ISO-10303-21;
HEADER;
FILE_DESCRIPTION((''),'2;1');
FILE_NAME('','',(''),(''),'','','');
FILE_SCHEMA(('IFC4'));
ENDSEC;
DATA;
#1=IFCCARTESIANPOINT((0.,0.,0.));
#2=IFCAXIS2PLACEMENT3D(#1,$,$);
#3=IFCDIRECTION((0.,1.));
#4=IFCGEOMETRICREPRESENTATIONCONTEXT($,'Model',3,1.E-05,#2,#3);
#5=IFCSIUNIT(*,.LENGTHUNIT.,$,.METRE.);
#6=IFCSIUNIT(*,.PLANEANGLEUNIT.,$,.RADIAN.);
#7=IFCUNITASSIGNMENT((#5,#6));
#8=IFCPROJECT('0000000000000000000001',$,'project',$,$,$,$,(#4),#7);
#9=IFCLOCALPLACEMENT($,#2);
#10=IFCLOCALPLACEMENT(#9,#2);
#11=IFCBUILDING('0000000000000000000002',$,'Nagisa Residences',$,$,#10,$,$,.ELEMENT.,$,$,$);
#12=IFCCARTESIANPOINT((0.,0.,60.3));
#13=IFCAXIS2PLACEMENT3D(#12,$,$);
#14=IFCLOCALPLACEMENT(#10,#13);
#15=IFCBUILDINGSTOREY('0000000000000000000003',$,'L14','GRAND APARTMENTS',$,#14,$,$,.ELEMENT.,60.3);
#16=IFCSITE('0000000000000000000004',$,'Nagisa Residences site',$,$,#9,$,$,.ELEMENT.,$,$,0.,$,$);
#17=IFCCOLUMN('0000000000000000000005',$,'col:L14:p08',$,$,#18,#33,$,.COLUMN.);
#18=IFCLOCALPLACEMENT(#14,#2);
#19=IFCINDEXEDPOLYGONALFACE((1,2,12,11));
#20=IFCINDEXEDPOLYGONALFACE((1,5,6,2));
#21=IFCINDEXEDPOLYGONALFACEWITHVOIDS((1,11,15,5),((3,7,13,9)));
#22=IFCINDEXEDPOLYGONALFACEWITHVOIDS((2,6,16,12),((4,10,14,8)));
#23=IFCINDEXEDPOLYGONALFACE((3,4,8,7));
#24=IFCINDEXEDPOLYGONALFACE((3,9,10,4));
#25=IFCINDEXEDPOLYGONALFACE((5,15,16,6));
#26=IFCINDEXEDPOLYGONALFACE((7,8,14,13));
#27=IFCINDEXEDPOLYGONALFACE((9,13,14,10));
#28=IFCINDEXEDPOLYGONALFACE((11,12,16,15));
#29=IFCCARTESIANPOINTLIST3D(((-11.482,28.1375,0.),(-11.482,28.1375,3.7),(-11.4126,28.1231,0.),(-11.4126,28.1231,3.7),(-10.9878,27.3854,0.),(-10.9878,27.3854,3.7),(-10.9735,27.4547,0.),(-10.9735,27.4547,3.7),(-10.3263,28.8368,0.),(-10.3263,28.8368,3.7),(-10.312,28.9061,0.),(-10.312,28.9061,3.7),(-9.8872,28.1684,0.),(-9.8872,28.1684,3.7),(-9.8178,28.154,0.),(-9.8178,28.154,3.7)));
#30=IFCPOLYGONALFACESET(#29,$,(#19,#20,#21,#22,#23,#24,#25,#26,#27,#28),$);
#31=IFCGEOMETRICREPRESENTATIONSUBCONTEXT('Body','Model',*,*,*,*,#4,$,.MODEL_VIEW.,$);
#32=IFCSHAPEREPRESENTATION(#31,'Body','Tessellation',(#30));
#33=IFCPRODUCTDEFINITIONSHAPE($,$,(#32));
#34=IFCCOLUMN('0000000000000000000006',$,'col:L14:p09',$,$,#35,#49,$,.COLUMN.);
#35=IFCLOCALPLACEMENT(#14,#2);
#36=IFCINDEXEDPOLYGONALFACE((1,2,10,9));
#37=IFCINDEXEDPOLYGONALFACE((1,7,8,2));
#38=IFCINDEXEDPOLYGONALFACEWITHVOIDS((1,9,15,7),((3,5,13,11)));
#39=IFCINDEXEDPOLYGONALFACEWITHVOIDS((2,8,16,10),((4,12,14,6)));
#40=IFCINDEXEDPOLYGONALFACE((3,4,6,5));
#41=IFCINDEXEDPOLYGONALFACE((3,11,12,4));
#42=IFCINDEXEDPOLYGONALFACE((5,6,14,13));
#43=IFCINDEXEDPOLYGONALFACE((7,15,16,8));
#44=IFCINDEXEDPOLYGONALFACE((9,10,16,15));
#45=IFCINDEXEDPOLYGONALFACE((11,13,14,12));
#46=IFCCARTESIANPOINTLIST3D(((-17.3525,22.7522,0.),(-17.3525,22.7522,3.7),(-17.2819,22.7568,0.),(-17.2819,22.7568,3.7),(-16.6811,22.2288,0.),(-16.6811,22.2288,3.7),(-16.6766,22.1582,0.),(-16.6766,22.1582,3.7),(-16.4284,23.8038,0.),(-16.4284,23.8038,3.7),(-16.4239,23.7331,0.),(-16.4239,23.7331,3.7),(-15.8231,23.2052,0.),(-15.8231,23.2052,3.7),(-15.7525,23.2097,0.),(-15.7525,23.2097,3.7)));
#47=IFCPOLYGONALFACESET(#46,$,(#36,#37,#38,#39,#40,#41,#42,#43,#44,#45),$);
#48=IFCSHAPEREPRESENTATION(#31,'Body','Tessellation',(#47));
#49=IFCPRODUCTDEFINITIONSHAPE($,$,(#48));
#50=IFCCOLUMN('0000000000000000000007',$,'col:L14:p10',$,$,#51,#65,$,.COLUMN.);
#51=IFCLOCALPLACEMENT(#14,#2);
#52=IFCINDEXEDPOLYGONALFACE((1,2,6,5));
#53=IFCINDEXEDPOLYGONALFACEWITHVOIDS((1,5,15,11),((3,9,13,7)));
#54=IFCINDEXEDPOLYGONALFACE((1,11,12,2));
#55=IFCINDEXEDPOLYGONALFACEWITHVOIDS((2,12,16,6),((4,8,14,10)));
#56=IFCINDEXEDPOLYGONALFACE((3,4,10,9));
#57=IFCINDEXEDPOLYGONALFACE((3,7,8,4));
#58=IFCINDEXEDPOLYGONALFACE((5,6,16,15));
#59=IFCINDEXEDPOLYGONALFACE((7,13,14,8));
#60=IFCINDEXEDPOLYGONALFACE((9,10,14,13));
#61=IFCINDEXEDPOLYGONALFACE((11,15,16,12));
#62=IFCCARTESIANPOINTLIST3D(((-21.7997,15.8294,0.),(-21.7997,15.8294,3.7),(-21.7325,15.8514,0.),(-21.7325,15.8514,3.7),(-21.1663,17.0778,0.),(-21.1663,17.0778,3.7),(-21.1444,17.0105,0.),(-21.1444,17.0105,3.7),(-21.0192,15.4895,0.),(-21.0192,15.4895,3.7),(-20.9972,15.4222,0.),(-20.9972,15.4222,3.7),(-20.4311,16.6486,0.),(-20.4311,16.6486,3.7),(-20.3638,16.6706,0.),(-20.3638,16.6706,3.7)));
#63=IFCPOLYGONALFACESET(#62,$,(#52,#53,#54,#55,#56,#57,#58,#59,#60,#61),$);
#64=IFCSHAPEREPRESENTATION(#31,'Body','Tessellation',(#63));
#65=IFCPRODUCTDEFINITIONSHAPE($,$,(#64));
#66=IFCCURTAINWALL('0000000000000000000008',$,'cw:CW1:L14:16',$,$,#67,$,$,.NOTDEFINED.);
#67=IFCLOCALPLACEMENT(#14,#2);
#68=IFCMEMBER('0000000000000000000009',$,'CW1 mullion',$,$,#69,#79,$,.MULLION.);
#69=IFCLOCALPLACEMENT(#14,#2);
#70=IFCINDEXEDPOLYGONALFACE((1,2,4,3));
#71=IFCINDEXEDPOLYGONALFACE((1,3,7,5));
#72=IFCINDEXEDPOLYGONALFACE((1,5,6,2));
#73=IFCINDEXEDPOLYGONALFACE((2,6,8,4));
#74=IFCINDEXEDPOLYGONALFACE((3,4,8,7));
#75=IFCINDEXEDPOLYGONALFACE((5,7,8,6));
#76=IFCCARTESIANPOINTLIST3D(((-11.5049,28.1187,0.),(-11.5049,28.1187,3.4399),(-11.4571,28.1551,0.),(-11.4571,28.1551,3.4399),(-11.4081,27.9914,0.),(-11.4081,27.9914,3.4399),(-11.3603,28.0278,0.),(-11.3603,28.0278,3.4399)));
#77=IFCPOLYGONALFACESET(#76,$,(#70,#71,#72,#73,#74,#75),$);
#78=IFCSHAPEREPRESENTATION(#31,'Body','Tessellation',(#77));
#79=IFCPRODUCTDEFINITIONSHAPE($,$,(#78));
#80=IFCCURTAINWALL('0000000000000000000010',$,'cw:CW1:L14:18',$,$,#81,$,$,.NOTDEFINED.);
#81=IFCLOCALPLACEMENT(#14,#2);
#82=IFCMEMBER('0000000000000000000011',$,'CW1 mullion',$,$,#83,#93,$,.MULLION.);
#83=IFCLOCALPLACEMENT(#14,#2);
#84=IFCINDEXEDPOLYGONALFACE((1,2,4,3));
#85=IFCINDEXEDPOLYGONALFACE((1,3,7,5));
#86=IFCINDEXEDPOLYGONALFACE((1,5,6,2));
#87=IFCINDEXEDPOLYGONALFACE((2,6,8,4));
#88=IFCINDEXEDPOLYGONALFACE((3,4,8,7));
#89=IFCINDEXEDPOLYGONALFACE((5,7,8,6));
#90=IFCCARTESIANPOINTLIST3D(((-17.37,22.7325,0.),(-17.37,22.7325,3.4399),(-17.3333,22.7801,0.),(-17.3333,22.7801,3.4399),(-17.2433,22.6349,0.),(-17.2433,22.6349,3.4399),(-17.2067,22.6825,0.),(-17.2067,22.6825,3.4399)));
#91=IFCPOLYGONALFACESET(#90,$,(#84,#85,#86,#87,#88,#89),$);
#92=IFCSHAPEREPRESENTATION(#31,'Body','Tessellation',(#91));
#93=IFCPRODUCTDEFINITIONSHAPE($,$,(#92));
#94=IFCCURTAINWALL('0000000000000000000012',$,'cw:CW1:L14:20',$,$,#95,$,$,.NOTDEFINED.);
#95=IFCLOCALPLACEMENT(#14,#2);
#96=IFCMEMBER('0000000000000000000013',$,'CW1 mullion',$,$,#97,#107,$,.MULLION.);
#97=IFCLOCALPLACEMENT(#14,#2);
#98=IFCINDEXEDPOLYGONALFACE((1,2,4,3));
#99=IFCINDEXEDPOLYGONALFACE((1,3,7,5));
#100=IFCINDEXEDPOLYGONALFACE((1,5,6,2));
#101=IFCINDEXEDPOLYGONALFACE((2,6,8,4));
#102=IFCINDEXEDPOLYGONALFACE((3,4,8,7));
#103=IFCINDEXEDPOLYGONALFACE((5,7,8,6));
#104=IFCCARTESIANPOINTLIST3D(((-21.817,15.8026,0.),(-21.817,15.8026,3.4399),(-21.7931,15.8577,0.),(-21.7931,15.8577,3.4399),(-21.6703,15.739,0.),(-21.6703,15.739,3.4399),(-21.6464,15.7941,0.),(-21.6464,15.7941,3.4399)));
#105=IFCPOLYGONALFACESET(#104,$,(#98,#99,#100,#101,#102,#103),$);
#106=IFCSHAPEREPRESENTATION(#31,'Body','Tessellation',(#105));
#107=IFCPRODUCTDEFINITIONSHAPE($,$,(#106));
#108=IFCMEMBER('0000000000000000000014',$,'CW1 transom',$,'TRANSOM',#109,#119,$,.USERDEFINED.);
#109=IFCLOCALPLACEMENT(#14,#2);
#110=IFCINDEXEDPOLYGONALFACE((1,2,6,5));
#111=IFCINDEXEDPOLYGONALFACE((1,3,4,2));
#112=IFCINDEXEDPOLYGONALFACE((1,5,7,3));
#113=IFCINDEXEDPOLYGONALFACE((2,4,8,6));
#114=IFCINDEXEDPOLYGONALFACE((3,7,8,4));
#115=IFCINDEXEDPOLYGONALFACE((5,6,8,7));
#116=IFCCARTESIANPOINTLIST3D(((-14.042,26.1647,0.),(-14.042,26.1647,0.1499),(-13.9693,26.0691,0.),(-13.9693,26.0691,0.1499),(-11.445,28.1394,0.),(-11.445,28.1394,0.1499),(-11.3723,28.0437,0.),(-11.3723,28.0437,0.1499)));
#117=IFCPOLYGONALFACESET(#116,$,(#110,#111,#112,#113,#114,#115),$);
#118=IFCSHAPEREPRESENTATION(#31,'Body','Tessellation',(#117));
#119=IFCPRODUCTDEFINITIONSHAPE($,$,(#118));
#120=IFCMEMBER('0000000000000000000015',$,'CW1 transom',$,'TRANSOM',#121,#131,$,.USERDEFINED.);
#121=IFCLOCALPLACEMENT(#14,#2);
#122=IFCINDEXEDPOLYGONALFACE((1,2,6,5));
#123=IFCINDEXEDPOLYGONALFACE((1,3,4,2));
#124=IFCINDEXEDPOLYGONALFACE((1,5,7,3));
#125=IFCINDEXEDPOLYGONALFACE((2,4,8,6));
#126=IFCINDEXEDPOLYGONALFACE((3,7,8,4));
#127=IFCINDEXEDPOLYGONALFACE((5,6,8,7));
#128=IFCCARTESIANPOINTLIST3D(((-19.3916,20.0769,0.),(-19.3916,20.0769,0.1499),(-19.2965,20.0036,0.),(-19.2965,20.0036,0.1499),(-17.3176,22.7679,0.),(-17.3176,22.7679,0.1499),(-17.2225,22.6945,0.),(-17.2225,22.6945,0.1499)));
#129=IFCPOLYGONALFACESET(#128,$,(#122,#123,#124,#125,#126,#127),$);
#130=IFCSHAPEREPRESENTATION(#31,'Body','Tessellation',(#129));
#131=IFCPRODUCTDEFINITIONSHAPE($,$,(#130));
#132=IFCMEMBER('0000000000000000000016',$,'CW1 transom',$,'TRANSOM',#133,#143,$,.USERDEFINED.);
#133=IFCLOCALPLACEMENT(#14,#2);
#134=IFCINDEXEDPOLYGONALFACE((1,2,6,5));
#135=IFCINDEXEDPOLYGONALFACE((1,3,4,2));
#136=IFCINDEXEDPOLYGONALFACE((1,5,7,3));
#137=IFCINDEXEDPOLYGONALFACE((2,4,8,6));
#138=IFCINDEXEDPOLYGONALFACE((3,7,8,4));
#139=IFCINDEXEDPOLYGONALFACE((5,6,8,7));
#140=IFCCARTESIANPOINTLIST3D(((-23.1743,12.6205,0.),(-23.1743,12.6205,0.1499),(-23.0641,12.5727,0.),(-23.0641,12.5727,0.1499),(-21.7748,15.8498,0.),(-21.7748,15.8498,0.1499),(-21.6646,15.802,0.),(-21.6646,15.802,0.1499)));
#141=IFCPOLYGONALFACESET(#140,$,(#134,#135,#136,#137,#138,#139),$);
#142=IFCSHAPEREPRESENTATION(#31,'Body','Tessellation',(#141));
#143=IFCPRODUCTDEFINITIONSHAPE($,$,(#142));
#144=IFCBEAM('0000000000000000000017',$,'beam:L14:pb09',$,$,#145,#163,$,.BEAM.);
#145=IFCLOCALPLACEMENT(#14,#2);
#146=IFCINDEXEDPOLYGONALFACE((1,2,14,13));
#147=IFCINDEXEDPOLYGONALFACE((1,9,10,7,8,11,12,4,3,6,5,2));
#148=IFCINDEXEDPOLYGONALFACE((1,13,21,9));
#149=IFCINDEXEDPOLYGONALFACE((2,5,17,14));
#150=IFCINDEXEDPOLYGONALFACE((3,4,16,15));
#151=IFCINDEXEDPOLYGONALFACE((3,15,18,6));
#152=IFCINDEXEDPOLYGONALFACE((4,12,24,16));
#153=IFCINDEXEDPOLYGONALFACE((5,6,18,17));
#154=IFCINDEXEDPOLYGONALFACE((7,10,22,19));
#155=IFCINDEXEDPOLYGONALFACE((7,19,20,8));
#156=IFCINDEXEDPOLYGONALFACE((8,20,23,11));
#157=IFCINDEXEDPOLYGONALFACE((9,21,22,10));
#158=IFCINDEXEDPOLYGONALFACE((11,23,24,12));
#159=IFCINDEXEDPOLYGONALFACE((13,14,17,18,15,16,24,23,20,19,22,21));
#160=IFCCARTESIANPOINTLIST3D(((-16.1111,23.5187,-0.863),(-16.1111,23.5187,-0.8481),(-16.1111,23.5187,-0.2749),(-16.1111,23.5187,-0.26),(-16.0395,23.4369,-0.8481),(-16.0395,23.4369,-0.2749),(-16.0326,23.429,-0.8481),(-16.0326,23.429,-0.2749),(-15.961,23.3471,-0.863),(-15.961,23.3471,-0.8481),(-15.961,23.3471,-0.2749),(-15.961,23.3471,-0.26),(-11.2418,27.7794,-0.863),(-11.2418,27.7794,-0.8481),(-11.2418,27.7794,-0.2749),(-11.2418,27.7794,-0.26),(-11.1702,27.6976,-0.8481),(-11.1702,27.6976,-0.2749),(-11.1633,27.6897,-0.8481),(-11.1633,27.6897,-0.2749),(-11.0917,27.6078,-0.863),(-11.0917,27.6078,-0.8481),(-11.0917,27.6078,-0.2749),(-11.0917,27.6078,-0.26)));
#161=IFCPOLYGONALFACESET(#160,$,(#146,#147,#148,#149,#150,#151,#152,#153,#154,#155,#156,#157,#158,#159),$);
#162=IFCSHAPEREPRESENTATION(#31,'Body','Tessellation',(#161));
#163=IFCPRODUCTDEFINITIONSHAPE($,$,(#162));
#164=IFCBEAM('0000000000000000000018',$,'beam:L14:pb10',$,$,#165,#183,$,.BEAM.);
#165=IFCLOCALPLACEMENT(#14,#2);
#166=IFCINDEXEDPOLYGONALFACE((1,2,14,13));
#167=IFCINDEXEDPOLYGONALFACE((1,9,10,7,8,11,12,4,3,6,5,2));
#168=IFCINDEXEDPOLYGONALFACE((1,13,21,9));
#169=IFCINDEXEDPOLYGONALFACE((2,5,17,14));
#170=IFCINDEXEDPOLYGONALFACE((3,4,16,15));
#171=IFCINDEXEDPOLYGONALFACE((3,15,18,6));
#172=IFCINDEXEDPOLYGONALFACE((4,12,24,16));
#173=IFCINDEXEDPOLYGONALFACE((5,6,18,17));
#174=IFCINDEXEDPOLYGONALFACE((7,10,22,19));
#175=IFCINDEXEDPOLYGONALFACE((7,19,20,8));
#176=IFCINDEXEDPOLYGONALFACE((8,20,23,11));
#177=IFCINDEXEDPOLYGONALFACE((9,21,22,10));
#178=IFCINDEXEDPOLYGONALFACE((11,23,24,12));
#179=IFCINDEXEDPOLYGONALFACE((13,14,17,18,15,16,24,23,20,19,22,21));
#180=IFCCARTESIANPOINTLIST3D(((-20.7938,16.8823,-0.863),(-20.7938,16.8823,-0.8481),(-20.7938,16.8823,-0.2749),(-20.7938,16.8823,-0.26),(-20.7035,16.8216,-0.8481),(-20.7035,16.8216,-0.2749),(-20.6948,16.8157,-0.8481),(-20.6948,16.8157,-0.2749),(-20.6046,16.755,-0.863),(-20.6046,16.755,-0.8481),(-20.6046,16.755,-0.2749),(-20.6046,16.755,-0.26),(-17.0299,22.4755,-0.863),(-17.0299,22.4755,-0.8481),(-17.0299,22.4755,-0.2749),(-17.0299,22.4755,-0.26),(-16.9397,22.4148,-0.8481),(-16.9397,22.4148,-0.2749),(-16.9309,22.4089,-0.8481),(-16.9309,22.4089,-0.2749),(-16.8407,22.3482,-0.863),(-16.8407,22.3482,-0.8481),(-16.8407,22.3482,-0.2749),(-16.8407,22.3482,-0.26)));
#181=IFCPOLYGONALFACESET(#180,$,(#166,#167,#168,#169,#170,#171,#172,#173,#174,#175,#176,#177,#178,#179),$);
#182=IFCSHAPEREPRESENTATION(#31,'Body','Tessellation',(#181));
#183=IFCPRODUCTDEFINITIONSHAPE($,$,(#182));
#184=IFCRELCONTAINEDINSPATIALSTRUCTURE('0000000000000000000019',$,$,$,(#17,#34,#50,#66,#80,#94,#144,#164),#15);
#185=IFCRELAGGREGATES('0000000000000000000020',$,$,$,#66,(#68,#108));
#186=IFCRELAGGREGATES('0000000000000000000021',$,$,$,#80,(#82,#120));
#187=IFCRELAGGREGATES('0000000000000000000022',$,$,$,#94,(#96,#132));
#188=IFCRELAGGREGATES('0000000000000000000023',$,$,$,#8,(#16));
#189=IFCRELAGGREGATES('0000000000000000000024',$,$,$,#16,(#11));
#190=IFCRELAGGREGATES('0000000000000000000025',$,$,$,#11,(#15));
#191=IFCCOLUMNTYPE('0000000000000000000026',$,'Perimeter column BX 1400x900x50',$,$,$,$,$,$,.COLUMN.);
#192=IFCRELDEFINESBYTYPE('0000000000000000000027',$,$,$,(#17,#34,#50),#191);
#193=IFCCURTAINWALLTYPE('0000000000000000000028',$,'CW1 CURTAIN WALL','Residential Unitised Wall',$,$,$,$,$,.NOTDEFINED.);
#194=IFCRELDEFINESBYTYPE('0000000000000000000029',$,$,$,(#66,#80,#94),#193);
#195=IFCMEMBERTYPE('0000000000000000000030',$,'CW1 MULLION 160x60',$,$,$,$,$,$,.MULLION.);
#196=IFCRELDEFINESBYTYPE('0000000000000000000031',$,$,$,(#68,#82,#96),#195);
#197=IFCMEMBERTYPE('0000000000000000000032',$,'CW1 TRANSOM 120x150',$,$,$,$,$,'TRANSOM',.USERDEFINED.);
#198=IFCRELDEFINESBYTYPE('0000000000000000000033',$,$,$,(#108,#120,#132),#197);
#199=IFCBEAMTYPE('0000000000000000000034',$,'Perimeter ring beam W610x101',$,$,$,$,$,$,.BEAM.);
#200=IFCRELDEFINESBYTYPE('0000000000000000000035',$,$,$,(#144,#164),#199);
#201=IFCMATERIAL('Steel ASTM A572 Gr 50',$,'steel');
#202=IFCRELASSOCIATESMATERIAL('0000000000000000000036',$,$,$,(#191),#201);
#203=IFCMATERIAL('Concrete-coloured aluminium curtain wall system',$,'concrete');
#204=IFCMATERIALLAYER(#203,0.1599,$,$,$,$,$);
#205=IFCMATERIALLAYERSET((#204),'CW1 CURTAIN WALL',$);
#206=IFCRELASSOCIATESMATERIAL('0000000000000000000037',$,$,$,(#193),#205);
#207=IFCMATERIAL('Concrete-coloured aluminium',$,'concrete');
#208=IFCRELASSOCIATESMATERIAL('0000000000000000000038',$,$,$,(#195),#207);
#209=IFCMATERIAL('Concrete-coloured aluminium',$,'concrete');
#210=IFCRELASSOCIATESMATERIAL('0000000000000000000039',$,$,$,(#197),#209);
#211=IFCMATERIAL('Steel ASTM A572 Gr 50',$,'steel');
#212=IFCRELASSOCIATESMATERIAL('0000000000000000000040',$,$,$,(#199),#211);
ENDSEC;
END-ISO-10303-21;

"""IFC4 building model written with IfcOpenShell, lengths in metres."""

from ifc_helpers import new_model, si_unit, direction, frame, origin, origin_2d, place, context, subcontext, project, spatial, rectangle, hollow_rectangle, i_section, extrude, material, layer, layer_set, material_profile, profile_set, type_object, element, aggregate, save


model = new_model("IFC4")

# Units and contexts
model_context = context("Model", 3, precision=1e-05, world=origin(), true_north=direction((0.0, 1.0)))
body_context = subcontext(model_context, "Body", "Model", "MODEL_VIEW")
ifc_project = project(units=[si_unit("LENGTHUNIT", "METRE"), si_unit("PLANEANGLEUNIT", "RADIAN")], contexts=[model_context])

# Site, building, storey
site_placement = place(None, origin())
site = spatial("IfcSite", under=ifc_project, at=site_placement, Name="Nagisa Residences site", CompositionType="ELEMENT", RefElevation=0.0)
building_placement = place(site_placement, origin())
building = spatial("IfcBuilding", under=site, at=building_placement, Name="Nagisa Residences", CompositionType="ELEMENT")
storey_placement = place(building_placement, frame((0.0, 0.0, 60.3)))
storey = spatial("IfcBuildingStorey", under=building, at=storey_placement, Name="L14", Description="GRAND APARTMENTS", CompositionType="ELEMENT", Elevation=60.3)

# Columns
ifc_material_1 = material(Name="Steel ASTM A572 Gr 50", Category="steel")
ifc_material_profile_1 = material_profile(ifc_material_1, hollow_rectangle(XDim=1.3999, YDim=0.8999, WallThickness=0.05, at=origin_2d()), Name="BX 1400x900x50")
ifc_profile_set_1 = profile_set([ifc_material_profile_1], Name="Steel ASTM A572 Gr 50")
column_type = type_object("IfcColumnType", Name="Perimeter column BX 1400x900x50", PredefinedType="COLUMN", material=ifc_profile_set_1)
for number, where, z_axis, x_axis, name in (
    (1, (-10.6499, 28.1458, 0.0), (0.0, 0.0, 1.0), (-0.835766, -0.549086, 0.0), "col:L14:p08"),
    (2, (-16.5525, 22.981, 0.0), (0.0, 0.0, 1.0), (-0.660115, -0.751165, 0.0), "col:L14:p09"),
    (3, (-21.0818, 16.25, 0.0), (0.0, 0.0, 1.0), (-0.452463, -0.891783, 0.0), "col:L14:p10"),
):
    element("IfcColumn", number, at=place(storey_placement, frame(where, z_axis=z_axis, x_axis=x_axis)), inside=storey, type_object=column_type, Name=name, PredefinedType="COLUMN", context=body_context, shape_type="SweptSolid", body=[
        extrude(hollow_rectangle(XDim=1.3999, YDim=0.8999, WallThickness=0.05, at=origin_2d()), origin(), (0.0, 0.0, 1.0), 3.7),
    ])

# Curtain walls, members
ifc_material_2 = material(Name="Concrete-coloured aluminium curtain wall system", Category="concrete")
ifc_layer_1 = layer(ifc_material_2, 0.1599)
ifc_layer_set_1 = layer_set([ifc_layer_1], Name="CW1 CURTAIN WALL")
curtain_wall_type = type_object("IfcCurtainWallType", Name="CW1 CURTAIN WALL", Description="Residential Unitised Wall", PredefinedType="NOTDEFINED", material=ifc_layer_set_1)
curtain_wall_1_placement = place(storey_placement, origin())
curtain_wall_1 = element("IfcCurtainWall", 4, at=curtain_wall_1_placement, inside=storey, type_object=curtain_wall_type, Name="cw:CW1:L14:16", PredefinedType="NOTDEFINED")
ifc_material_3 = material(Name="Concrete-coloured aluminium", Category="concrete")
ifc_material_profile_2 = material_profile(ifc_material_3, rectangle(XDim=0.1599, YDim=0.0601, at=origin_2d()), Name="CW1 MULLION 160x60")
ifc_profile_set_2 = profile_set([ifc_material_profile_2], Name="Concrete-coloured aluminium")
member_type_1 = type_object("IfcMemberType", Name="CW1 MULLION 160x60", PredefinedType="MULLION", material=ifc_profile_set_2)
member_1_placement = place(storey_placement, frame((-11.4326, 28.0732, 0.0), z_axis=(0.0, 0.0, 1.0), x_axis=(0.605255, -0.796031, 0.0)))
member_1 = element("IfcMember", 5, at=member_1_placement, type_object=member_type_1, Name="CW1 mullion", PredefinedType="MULLION", context=body_context, shape_type="SweptSolid", body=[
    extrude(rectangle(XDim=0.1599, YDim=0.0601, at=origin_2d()), origin(), (0.0, 0.0, 1.0), 3.4399),
])
curtain_wall_2_placement = place(storey_placement, origin())
curtain_wall_2 = element("IfcCurtainWall", 6, at=curtain_wall_2_placement, inside=storey, type_object=curtain_wall_type, Name="cw:CW1:L14:18", PredefinedType="NOTDEFINED")
member_2_placement = place(storey_placement, frame((-17.2883, 22.7075, 0.0), z_axis=(0.0, 0.0, 1.0), x_axis=(0.79207, -0.61043, 0.0)))
member_2 = element("IfcMember", 7, at=member_2_placement, type_object=member_type_1, Name="CW1 mullion", PredefinedType="MULLION", context=body_context, shape_type="SweptSolid", body=[
    extrude(rectangle(XDim=0.1599, YDim=0.0601, at=origin_2d()), origin(), (0.0, 0.0, 1.0), 3.4399),
])
curtain_wall_3_placement = place(storey_placement, origin())
curtain_wall_3 = element("IfcCurtainWall", 8, at=curtain_wall_3_placement, inside=storey, type_object=curtain_wall_type, Name="cw:CW1:L14:20", PredefinedType="NOTDEFINED")
member_3_placement = place(storey_placement, frame((-21.7317, 15.7983, 0.0), z_axis=(0.0, 0.0, 1.0), x_axis=(0.917543, -0.397636, 0.0)))
member_3 = element("IfcMember", 9, at=member_3_placement, type_object=member_type_1, Name="CW1 mullion", PredefinedType="MULLION", context=body_context, shape_type="SweptSolid", body=[
    extrude(rectangle(XDim=0.1599, YDim=0.0601, at=origin_2d()), origin(), (0.0, 0.0, 1.0), 3.4399),
])

# Members
ifc_material_4 = material(Name="Concrete-coloured aluminium", Category="concrete")
ifc_material_profile_3 = material_profile(ifc_material_4, rectangle(XDim=0.1201, YDim=0.1499, at=origin_2d()), Name="CW1 TRANSOM 120x150")
ifc_profile_set_3 = profile_set([ifc_material_profile_3], Name="Concrete-coloured aluminium")
member_type_2 = type_object("IfcMemberType", Name="CW1 TRANSOM 120x150", ElementType="TRANSOM", PredefinedType="USERDEFINED", material=ifc_profile_set_3)
member_4_placement = place(storey_placement, frame((-11.4087, 28.0916, 0.075), z_axis=(-0.796022, -0.605267, 0.0), x_axis=(0.605267, -0.796022, 0.0)))
member_4 = element("IfcMember", 10, at=member_4_placement, type_object=member_type_2, Name="CW1 transom", ObjectType="TRANSOM", PredefinedType="USERDEFINED", context=body_context, shape_type="SweptSolid", body=[
    extrude(rectangle(XDim=0.1201, YDim=0.1499, at=origin_2d()), origin(), (0.0, 0.0, 1.0), 3.2625),
])
member_5_placement = place(storey_placement, frame((-17.27, 22.7312, 0.075), z_axis=(-0.610457, -0.792049, 0.0), x_axis=(0.792049, -0.610457, 0.0)))
member_5 = element("IfcMember", 11, at=member_5_placement, type_object=member_type_2, Name="CW1 transom", ObjectType="TRANSOM", PredefinedType="USERDEFINED", context=body_context, shape_type="SweptSolid", body=[
    extrude(rectangle(XDim=0.1201, YDim=0.1499, at=origin_2d()), origin(), (0.0, 0.0, 1.0), 3.3975),
])
member_6_placement = place(storey_placement, frame((-21.7197, 15.8259, 0.075), z_axis=(-0.397625, -0.917548, 0.0), x_axis=(0.917548, -0.397625, 0.0)))
member_6 = element("IfcMember", 12, at=member_6_placement, type_object=member_type_2, Name="CW1 transom", ObjectType="TRANSOM", PredefinedType="USERDEFINED", context=body_context, shape_type="SweptSolid", body=[
    extrude(rectangle(XDim=0.1201, YDim=0.1499, at=origin_2d()), origin(), (0.0, 0.0, 1.0), 3.5195),
])

# Beams
ifc_material_5 = material(Name="Steel ASTM A572 Gr 50", Category="steel")
ifc_material_profile_4 = material_profile(ifc_material_5, i_section(OverallWidth=0.228, OverallDepth=0.603, WebThickness=0.0105, FlangeThickness=0.0149, at=origin_2d()), Name="W610x101")
ifc_profile_set_4 = profile_set([ifc_material_profile_4], Name="Steel ASTM A572 Gr 50")
beam_type_1 = type_object("IfcBeamType", Name="Perimeter ring beam W610x101", PredefinedType="BEAM", material=ifc_profile_set_4)
beam_1_placement = place(storey_placement, frame((-11.1667, 27.6936, -0.5615), z_axis=(-0.752574, -0.658507, 0.0), x_axis=(0.658507, -0.752574, 0.0)))
element("IfcBeam", 13, at=beam_1_placement, inside=storey, type_object=beam_type_1, Name="beam:L14:pb09", PredefinedType="BEAM", context=body_context, shape_type="SweptSolid", body=[
    extrude(i_section(OverallWidth=0.228, OverallDepth=0.603, WebThickness=0.0105, FlangeThickness=0.0149, at=origin_2d()), origin(), (0.0, 0.0, 1.0), 6.4702),
])
beam_2_placement = place(storey_placement, frame((-16.9353, 22.4119, -0.5615), z_axis=(-0.558297, -0.829641, 0.0), x_axis=(0.829641, -0.558297, 0.0)))
element("IfcBeam", 14, at=beam_2_placement, inside=storey, type_object=beam_type_1, Name="beam:L14:pb10", PredefinedType="BEAM", context=body_context, shape_type="SweptSolid", body=[
    extrude(i_section(OverallWidth=0.228, OverallDepth=0.603, WebThickness=0.0105, FlangeThickness=0.0149, at=origin_2d()), origin(), (0.0, 0.0, 1.0), 6.7417),
])

aggregate(curtain_wall_1, [member_1, member_4])
aggregate(curtain_wall_2, [member_2, member_5])
aggregate(curtain_wall_3, [member_3, member_6])

save(model, "model.ifc")
